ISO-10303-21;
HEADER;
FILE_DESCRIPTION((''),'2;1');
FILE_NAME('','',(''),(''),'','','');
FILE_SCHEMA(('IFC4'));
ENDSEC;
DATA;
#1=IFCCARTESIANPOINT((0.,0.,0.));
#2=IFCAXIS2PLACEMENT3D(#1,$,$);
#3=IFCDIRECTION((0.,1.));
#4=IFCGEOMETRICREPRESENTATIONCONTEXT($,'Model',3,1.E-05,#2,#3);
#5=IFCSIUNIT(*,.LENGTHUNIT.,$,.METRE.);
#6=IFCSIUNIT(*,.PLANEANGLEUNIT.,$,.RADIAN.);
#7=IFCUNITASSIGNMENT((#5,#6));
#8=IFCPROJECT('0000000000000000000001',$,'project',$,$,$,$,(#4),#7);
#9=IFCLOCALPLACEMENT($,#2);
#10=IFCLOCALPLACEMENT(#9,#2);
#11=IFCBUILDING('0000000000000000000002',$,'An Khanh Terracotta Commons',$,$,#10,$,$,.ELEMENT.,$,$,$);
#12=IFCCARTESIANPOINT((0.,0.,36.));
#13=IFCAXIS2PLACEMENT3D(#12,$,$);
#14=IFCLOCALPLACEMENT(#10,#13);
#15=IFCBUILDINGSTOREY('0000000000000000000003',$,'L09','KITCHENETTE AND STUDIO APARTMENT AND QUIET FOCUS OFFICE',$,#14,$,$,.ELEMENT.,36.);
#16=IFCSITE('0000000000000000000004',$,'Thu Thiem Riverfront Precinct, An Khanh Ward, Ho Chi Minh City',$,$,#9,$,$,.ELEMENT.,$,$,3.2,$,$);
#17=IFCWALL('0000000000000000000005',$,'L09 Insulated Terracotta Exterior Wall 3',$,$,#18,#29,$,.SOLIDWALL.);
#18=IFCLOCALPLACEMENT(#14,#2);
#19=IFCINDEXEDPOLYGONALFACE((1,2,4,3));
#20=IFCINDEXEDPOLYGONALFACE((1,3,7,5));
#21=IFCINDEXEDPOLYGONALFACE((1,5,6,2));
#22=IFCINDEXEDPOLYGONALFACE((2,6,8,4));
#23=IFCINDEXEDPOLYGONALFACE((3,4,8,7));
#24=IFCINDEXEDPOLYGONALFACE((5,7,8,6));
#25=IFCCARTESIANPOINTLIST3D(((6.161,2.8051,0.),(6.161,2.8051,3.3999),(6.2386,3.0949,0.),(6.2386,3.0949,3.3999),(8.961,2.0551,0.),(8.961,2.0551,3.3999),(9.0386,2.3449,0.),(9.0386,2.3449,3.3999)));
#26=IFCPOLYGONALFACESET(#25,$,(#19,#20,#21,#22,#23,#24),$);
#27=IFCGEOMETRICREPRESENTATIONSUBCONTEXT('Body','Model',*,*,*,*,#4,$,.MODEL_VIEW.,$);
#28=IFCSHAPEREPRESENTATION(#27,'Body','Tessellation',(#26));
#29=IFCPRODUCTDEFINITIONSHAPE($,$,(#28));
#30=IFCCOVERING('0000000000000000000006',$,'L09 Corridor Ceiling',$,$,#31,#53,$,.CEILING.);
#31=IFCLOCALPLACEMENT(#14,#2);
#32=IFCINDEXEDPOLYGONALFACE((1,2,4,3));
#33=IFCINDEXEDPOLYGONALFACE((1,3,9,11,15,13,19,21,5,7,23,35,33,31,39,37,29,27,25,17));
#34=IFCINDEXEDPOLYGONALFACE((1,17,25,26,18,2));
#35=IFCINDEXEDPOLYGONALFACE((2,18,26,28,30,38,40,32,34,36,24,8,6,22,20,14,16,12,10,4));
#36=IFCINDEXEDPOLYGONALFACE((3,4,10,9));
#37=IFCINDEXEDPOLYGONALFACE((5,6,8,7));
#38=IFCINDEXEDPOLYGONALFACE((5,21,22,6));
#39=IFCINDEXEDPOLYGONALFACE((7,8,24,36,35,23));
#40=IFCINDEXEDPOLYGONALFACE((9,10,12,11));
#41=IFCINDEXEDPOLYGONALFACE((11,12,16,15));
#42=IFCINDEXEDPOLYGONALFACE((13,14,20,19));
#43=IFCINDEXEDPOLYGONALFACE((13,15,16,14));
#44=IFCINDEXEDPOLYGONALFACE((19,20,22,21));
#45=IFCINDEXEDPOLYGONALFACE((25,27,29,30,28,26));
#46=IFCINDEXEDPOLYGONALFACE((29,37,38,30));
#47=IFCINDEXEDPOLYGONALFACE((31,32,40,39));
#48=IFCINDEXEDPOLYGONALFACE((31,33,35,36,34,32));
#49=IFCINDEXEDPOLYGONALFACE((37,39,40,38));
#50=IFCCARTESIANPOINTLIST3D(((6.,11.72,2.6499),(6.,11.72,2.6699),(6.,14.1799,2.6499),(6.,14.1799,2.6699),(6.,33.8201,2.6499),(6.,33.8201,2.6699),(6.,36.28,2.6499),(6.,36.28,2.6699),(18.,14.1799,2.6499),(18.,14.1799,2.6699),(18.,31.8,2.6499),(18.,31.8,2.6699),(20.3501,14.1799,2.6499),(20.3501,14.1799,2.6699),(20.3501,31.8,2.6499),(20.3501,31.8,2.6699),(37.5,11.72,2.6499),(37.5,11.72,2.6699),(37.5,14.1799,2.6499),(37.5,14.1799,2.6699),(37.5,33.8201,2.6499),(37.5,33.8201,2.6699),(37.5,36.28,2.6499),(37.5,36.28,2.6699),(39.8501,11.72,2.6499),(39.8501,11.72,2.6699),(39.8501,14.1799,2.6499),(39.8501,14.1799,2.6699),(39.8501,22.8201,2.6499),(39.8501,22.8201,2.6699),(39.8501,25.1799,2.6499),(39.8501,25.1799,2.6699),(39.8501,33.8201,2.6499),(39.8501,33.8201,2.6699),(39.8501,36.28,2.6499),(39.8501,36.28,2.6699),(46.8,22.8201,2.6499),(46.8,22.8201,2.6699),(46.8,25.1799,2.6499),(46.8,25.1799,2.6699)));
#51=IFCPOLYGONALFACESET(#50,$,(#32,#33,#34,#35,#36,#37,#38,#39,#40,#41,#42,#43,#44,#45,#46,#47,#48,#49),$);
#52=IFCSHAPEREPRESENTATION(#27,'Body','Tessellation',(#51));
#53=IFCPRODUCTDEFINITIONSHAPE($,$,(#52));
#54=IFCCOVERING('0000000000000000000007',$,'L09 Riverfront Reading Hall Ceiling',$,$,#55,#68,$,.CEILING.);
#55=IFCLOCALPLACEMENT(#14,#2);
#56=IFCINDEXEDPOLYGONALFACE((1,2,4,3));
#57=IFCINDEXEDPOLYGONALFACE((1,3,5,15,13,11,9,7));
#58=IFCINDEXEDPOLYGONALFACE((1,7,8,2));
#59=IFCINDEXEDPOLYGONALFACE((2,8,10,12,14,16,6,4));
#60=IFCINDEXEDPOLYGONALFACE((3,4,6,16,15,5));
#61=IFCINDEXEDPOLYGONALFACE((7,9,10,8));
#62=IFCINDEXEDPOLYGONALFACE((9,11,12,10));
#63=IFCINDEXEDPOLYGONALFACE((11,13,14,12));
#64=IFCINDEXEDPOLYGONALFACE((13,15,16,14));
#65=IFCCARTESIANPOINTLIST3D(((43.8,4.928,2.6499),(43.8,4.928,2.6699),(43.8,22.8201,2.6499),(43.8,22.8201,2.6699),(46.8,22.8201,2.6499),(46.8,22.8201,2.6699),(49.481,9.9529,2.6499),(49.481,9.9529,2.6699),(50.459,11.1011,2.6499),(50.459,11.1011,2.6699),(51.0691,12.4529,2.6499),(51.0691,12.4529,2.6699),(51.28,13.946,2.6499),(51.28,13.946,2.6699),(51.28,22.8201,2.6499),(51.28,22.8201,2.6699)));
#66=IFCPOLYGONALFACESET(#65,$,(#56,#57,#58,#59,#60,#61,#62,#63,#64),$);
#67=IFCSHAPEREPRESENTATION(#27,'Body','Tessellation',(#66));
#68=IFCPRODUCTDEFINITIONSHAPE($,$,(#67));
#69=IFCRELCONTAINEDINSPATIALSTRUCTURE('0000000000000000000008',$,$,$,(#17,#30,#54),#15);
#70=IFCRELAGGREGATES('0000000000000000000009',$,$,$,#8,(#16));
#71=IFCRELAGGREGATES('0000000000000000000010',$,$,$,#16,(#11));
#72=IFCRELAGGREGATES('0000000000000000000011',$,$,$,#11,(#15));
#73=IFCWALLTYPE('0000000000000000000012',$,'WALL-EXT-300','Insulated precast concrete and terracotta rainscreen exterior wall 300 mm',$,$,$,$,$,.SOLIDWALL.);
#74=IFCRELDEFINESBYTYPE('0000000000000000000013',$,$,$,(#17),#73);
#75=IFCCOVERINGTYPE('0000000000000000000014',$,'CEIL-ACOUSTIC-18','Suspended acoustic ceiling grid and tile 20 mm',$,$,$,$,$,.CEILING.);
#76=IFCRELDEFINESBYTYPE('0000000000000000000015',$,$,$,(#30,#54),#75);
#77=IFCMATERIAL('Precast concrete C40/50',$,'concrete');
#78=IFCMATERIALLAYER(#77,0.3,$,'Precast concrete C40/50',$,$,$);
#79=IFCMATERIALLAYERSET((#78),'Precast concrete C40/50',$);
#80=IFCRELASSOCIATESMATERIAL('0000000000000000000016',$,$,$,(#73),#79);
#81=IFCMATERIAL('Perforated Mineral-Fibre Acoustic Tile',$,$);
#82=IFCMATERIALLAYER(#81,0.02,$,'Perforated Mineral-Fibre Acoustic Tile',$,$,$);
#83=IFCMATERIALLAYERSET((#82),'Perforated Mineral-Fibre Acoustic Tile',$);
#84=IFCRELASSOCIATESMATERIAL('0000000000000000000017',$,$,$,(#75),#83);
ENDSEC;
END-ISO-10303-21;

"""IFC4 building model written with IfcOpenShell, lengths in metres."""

from ifc_helpers import new_model, si_unit, direction, frame, frame_2d, origin, place, context, subcontext, project, spatial, polyline, rectangle, outline, extrude, material, layer, layer_set, type_object, element, save


model = new_model("IFC4")

# Units and contexts
model_context = context("Model", 3, precision=1e-05, world=origin(), true_north=direction((0.0, 1.0)))
body_context = subcontext(model_context, "Body", "Model", "MODEL_VIEW")
ifc_project = project(units=[si_unit("LENGTHUNIT", "METRE"), si_unit("PLANEANGLEUNIT", "RADIAN")], contexts=[model_context])

# Site, building, storey
site_placement = place(None, origin())
site = spatial("IfcSite", under=ifc_project, at=site_placement, Name="Thu Thiem Riverfront Precinct, An Khanh Ward, Ho Chi Minh City", CompositionType="ELEMENT", RefElevation=3.2)
building_placement = place(site_placement, origin())
building = spatial("IfcBuilding", under=site, at=building_placement, Name="An Khanh Terracotta Commons", CompositionType="ELEMENT")
storey_placement = place(building_placement, frame((0.0, 0.0, 36.0)))
storey = spatial("IfcBuildingStorey", under=building, at=storey_placement, Name="L09", Description="KITCHENETTE AND STUDIO APARTMENT AND QUIET FOCUS OFFICE", CompositionType="ELEMENT", Elevation=36.0)

# Shared definitions
ifc_material_1 = material(Name="Precast concrete C40/50", Category="concrete")

# Wall
ifc_layer_1 = layer(ifc_material_1, 0.3, Name="Precast concrete C40/50")
ifc_layer_set_1 = layer_set([ifc_layer_1], Name="Precast concrete C40/50")
wall_type_1 = type_object("IfcWallType", Name="WALL-EXT-300", Description="Insulated precast concrete and terracotta rainscreen exterior wall 300 mm", PredefinedType="SOLIDWALL", material=ifc_layer_set_1)
wall_1_placement = place(storey_placement, frame((6.2, 2.95, 0.0), z_axis=(0.0, 0.0, 1.0), x_axis=(0.965949, -0.258732, 0.0)))
element("IfcWall", 1, at=wall_1_placement, inside=storey, type_object=wall_type_1, Name="L09 Insulated Terracotta Exterior Wall 3", PredefinedType="SOLIDWALL", context=body_context, shape_type="SweptSolid", body=[
    extrude(rectangle(XDim=2.8987, YDim=0.3, at=frame_2d((1.4492, 0.0))), origin(), (0.0, 0.0, 1.0), 3.3999),
])

# Coverings
ifc_material_2 = material(Name="Perforated Mineral-Fibre Acoustic Tile")
ifc_layer_2 = layer(ifc_material_2, 0.02, Name="Perforated Mineral-Fibre Acoustic Tile")
ifc_layer_set_2 = layer_set([ifc_layer_2], Name="Perforated Mineral-Fibre Acoustic Tile")
covering_type = type_object("IfcCoveringType", Name="CEIL-ACOUSTIC-18", Description="Suspended acoustic ceiling grid and tile 20 mm", PredefinedType="CEILING", material=ifc_layer_set_2)
covering_1_placement = place(storey_placement, frame((0.0, 0.0, 2.6499)))
element("IfcCovering", 2, at=covering_1_placement, inside=storey, type_object=covering_type, Name="L09 Corridor Ceiling", PredefinedType="CEILING", context=body_context, shape_type="SweptSolid", body=[
    extrude(outline(polyline([(37.5, 11.72), (6.0, 11.72), (6.0, 14.1799), (18.0, 14.1799), (18.0, 31.8), (20.3501, 31.8), (20.3501, 14.1799), (37.5, 14.1799), (37.5, 33.8201), (6.0, 33.8201), (6.0, 36.28), (37.5, 36.28), (39.8501, 36.28), (39.8501, 33.8201), (39.8501, 25.1799), (46.8, 25.1799), (46.8, 22.8201), (39.8501, 22.8201), (39.8501, 14.1799), (39.8501, 11.72), (37.5, 11.72)])), origin(), (0.0, 0.0, 1.0), 0.02),
])
covering_2_placement = place(storey_placement, frame((0.0, 0.0, 2.6499)))
element("IfcCovering", 3, at=covering_2_placement, inside=storey, type_object=covering_type, Name="L09 Riverfront Reading Hall Ceiling", PredefinedType="CEILING", context=body_context, shape_type="SweptSolid", body=[
    extrude(outline(polyline([(51.28, 13.946), (51.0691, 12.4529), (50.459, 11.1011), (49.481, 9.9529), (43.8, 4.928), (43.8, 22.8201), (46.8, 22.8201), (51.28, 22.8201), (51.28, 13.946)])), origin(), (0.0, 0.0, 1.0), 0.02),
])

save(model, "model.ifc")
